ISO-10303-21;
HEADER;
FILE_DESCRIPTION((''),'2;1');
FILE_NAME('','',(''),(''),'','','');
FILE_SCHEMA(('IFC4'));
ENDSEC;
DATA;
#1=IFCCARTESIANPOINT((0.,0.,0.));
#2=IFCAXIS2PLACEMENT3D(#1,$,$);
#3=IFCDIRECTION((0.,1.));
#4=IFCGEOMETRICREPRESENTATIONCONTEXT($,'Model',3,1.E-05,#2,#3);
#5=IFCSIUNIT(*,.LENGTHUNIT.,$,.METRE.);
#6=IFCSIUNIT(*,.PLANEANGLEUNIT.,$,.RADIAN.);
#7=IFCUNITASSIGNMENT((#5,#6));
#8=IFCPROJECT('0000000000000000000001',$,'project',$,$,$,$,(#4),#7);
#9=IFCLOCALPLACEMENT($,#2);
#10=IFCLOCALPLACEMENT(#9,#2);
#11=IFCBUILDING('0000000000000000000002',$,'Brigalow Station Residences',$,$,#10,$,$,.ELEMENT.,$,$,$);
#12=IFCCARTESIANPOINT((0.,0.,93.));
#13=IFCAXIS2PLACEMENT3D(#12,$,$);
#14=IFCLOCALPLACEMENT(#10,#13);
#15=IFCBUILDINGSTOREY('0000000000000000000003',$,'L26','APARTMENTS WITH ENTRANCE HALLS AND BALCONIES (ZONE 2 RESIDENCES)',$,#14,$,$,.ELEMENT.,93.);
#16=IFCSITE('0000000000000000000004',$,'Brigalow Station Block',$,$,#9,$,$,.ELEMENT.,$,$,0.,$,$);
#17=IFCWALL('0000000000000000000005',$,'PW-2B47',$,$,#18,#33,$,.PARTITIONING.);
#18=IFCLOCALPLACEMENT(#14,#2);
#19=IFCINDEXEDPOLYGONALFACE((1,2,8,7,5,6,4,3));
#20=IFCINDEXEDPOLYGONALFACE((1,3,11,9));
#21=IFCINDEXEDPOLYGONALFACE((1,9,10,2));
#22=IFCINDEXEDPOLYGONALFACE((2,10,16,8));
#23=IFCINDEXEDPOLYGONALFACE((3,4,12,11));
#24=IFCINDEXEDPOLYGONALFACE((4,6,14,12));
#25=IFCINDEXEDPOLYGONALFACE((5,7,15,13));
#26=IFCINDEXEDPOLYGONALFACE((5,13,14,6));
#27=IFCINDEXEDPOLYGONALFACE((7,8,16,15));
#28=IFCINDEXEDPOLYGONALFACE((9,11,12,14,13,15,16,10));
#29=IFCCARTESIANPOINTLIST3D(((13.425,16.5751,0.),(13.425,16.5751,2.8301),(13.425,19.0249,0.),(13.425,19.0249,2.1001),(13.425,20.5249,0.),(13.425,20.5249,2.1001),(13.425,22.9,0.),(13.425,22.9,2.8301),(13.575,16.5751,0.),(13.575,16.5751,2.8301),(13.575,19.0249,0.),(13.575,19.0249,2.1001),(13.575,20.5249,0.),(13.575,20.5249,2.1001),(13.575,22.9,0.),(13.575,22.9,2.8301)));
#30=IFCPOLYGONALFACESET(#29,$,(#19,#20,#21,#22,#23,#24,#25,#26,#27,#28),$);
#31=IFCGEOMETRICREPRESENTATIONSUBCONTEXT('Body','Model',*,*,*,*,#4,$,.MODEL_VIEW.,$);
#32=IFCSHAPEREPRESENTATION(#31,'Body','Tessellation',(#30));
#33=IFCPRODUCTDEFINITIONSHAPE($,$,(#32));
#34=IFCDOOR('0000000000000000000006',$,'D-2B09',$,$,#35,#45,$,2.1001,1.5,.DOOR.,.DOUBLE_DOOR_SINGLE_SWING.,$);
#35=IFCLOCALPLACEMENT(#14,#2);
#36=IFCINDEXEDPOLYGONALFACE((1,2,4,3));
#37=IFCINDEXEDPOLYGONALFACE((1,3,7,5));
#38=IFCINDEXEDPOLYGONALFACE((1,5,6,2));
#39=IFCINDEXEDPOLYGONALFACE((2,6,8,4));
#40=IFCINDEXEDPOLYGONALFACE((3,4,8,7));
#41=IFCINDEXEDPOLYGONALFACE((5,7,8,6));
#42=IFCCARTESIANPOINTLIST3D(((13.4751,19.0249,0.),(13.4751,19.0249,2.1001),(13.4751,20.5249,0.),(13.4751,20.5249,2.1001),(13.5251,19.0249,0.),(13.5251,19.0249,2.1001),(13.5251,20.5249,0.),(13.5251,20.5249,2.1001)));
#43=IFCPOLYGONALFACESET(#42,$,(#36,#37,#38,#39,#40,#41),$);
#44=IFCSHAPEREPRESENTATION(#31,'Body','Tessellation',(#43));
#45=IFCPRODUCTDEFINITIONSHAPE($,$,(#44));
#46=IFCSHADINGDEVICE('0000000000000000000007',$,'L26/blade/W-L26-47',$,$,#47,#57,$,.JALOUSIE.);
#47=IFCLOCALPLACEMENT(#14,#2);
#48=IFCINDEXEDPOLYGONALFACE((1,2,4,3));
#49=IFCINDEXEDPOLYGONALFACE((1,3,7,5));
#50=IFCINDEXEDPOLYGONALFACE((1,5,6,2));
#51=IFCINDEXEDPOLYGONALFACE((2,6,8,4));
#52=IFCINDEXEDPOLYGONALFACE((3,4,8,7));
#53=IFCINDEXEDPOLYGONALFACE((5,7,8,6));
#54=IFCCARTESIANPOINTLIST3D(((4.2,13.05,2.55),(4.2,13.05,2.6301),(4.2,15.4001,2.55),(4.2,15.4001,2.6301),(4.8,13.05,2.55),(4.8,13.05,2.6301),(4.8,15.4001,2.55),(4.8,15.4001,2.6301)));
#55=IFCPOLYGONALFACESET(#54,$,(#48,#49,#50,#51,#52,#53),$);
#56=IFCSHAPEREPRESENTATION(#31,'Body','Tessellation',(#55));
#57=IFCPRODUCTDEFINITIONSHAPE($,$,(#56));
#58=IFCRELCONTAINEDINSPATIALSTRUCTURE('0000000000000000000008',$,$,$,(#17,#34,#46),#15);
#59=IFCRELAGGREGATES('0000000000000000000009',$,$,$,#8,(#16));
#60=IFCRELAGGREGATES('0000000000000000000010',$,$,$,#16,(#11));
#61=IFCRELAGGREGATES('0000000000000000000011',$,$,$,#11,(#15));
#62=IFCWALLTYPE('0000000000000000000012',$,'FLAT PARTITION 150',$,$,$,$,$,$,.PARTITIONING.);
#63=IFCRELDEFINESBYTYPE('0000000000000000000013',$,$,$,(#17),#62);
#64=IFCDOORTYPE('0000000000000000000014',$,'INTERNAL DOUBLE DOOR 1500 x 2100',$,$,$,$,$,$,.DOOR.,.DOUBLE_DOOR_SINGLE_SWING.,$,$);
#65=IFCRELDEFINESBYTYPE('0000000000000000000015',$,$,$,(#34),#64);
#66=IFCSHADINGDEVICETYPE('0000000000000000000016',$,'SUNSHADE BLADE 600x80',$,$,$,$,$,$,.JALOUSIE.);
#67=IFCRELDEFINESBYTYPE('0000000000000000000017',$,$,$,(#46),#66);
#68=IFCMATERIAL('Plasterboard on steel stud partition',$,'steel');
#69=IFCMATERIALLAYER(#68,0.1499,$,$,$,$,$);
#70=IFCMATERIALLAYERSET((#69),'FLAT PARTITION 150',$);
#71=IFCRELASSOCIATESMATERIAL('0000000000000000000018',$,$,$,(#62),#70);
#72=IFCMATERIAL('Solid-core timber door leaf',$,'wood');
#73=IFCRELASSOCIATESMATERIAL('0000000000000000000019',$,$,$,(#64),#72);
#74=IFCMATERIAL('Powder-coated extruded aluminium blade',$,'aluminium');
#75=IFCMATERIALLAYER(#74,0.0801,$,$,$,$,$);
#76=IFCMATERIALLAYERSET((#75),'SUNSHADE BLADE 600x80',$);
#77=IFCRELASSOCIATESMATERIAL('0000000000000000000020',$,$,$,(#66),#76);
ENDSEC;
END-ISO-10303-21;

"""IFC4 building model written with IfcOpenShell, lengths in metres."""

from ifc_helpers import new_model, si_unit, direction, frame, frame_2d, origin, origin_2d, place, context, subcontext, project, spatial, rectangle, extrude, material, layer, layer_set, type_object, element, fill, save


model = new_model("IFC4")

# Units and contexts
model_context = context("Model", 3, precision=1e-05, world=origin(), true_north=direction((0.0, 1.0)))
body_context = subcontext(model_context, "Body", "Model", "MODEL_VIEW")
ifc_project = project(units=[si_unit("LENGTHUNIT", "METRE"), si_unit("PLANEANGLEUNIT", "RADIAN")], contexts=[model_context])

# Site, building, storey
site_placement = place(None, origin())
site = spatial("IfcSite", under=ifc_project, at=site_placement, Name="Brigalow Station Block", CompositionType="ELEMENT", RefElevation=0.0)
building_placement = place(site_placement, origin())
building = spatial("IfcBuilding", under=site, at=building_placement, Name="Brigalow Station Residences", CompositionType="ELEMENT")
storey_placement = place(building_placement, frame((0.0, 0.0, 93.0)))
storey = spatial("IfcBuildingStorey", under=building, at=storey_placement, Name="L26", Description="APARTMENTS WITH ENTRANCE HALLS AND BALCONIES (ZONE 2 RESIDENCES)", CompositionType="ELEMENT", Elevation=93.0)

# Shared definitions
ifc_material_1 = material(Name="Plasterboard on steel stud partition", Category="steel")
ifc_layer_1 = layer(ifc_material_1, 0.1499)
ifc_layer_set_1 = layer_set([ifc_layer_1], Name="FLAT PARTITION 150")
wall_type_1 = type_object("IfcWallType", Name="FLAT PARTITION 150", PredefinedType="PARTITIONING", material=ifc_layer_set_1)

# Wall, opening, door
wall_1_placement = place(storey_placement, frame((13.5, 16.575, 0.0), z_axis=(0.0, 0.0, 1.0), x_axis=(0.0, 1.0, 0.0)))
wall_1 = element("IfcWall", 1, at=wall_1_placement, inside=storey, type_object=wall_type_1, Name="PW-2B47", PredefinedType="PARTITIONING", context=body_context, shape_type="SweptSolid", body=[
    extrude(rectangle(XDim=6.325, YDim=0.1499, at=frame_2d((3.1626, 0.0))), origin(), (0.0, 0.0, 1.0), 2.8301),
])
opening_1_placement = place(wall_1_placement, frame((2.45, 0.0, 0.0)))
opening_1 = element("IfcOpeningElement", 2, at=opening_1_placement, cuts=wall_1, PredefinedType="OPENING", context=body_context, shape_type="SweptSolid", body=[
    extrude(rectangle(XDim=1.5, YDim=2.1001, at=frame_2d((0.75, 1.05))), frame((0.0, 0.085, 0.0), z_axis=(0.0, -1.0, 0.0), x_axis=(1.0, 0.0, 0.0)), (0.0, 0.0, 1.0), 0.1699),
])
ifc_material_2 = material(Name="Solid-core timber door leaf", Category="wood")
door_type_1 = type_object("IfcDoorType", Name="INTERNAL DOUBLE DOOR 1500 x 2100", OperationType="DOUBLE_DOOR_SINGLE_SWING", PredefinedType="DOOR", material=ifc_material_2)
door_1_placement = place(opening_1_placement, origin())
door_1 = element("IfcDoor", 3, at=door_1_placement, inside=storey, type_object=door_type_1, Name="D-2B09", OperationType="DOUBLE_DOOR_SINGLE_SWING", OverallHeight=2.1001, OverallWidth=1.5, PredefinedType="DOOR", context=body_context, shape_type="SweptSolid", body=[
    extrude(rectangle(XDim=1.5, YDim=2.1001, at=frame_2d((0.75, 1.05))), frame((0.0, 0.0249, 0.0), z_axis=(0.0, -1.0, 0.0), x_axis=(1.0, 0.0, 0.0)), (0.0, 0.0, 1.0), 0.05),
])
fill(opening_1, door_1)

# Shading device
ifc_material_3 = material(Name="Powder-coated extruded aluminium blade", Category="aluminium")
ifc_layer_2 = layer(ifc_material_3, 0.0801)
ifc_layer_set_2 = layer_set([ifc_layer_2], Name="SUNSHADE BLADE 600x80")
shading_device_type = type_object("IfcShadingDeviceType", Name="SUNSHADE BLADE 600x80", PredefinedType="JALOUSIE", material=ifc_layer_set_2)
shading_device_placement = place(storey_placement, frame((4.5, 14.2251, 2.55), z_axis=(0.0, 0.0, 1.0), x_axis=(0.0, -1.0, 0.0)))
element("IfcShadingDevice", 4, at=shading_device_placement, inside=storey, type_object=shading_device_type, Name="L26/blade/W-L26-47", PredefinedType="JALOUSIE", context=body_context, shape_type="SweptSolid", body=[
    extrude(rectangle(XDim=2.3501, YDim=0.6001, at=origin_2d()), origin(), (0.0, 0.0, 1.0), 0.0801),
])

save(model, "model.ifc")
